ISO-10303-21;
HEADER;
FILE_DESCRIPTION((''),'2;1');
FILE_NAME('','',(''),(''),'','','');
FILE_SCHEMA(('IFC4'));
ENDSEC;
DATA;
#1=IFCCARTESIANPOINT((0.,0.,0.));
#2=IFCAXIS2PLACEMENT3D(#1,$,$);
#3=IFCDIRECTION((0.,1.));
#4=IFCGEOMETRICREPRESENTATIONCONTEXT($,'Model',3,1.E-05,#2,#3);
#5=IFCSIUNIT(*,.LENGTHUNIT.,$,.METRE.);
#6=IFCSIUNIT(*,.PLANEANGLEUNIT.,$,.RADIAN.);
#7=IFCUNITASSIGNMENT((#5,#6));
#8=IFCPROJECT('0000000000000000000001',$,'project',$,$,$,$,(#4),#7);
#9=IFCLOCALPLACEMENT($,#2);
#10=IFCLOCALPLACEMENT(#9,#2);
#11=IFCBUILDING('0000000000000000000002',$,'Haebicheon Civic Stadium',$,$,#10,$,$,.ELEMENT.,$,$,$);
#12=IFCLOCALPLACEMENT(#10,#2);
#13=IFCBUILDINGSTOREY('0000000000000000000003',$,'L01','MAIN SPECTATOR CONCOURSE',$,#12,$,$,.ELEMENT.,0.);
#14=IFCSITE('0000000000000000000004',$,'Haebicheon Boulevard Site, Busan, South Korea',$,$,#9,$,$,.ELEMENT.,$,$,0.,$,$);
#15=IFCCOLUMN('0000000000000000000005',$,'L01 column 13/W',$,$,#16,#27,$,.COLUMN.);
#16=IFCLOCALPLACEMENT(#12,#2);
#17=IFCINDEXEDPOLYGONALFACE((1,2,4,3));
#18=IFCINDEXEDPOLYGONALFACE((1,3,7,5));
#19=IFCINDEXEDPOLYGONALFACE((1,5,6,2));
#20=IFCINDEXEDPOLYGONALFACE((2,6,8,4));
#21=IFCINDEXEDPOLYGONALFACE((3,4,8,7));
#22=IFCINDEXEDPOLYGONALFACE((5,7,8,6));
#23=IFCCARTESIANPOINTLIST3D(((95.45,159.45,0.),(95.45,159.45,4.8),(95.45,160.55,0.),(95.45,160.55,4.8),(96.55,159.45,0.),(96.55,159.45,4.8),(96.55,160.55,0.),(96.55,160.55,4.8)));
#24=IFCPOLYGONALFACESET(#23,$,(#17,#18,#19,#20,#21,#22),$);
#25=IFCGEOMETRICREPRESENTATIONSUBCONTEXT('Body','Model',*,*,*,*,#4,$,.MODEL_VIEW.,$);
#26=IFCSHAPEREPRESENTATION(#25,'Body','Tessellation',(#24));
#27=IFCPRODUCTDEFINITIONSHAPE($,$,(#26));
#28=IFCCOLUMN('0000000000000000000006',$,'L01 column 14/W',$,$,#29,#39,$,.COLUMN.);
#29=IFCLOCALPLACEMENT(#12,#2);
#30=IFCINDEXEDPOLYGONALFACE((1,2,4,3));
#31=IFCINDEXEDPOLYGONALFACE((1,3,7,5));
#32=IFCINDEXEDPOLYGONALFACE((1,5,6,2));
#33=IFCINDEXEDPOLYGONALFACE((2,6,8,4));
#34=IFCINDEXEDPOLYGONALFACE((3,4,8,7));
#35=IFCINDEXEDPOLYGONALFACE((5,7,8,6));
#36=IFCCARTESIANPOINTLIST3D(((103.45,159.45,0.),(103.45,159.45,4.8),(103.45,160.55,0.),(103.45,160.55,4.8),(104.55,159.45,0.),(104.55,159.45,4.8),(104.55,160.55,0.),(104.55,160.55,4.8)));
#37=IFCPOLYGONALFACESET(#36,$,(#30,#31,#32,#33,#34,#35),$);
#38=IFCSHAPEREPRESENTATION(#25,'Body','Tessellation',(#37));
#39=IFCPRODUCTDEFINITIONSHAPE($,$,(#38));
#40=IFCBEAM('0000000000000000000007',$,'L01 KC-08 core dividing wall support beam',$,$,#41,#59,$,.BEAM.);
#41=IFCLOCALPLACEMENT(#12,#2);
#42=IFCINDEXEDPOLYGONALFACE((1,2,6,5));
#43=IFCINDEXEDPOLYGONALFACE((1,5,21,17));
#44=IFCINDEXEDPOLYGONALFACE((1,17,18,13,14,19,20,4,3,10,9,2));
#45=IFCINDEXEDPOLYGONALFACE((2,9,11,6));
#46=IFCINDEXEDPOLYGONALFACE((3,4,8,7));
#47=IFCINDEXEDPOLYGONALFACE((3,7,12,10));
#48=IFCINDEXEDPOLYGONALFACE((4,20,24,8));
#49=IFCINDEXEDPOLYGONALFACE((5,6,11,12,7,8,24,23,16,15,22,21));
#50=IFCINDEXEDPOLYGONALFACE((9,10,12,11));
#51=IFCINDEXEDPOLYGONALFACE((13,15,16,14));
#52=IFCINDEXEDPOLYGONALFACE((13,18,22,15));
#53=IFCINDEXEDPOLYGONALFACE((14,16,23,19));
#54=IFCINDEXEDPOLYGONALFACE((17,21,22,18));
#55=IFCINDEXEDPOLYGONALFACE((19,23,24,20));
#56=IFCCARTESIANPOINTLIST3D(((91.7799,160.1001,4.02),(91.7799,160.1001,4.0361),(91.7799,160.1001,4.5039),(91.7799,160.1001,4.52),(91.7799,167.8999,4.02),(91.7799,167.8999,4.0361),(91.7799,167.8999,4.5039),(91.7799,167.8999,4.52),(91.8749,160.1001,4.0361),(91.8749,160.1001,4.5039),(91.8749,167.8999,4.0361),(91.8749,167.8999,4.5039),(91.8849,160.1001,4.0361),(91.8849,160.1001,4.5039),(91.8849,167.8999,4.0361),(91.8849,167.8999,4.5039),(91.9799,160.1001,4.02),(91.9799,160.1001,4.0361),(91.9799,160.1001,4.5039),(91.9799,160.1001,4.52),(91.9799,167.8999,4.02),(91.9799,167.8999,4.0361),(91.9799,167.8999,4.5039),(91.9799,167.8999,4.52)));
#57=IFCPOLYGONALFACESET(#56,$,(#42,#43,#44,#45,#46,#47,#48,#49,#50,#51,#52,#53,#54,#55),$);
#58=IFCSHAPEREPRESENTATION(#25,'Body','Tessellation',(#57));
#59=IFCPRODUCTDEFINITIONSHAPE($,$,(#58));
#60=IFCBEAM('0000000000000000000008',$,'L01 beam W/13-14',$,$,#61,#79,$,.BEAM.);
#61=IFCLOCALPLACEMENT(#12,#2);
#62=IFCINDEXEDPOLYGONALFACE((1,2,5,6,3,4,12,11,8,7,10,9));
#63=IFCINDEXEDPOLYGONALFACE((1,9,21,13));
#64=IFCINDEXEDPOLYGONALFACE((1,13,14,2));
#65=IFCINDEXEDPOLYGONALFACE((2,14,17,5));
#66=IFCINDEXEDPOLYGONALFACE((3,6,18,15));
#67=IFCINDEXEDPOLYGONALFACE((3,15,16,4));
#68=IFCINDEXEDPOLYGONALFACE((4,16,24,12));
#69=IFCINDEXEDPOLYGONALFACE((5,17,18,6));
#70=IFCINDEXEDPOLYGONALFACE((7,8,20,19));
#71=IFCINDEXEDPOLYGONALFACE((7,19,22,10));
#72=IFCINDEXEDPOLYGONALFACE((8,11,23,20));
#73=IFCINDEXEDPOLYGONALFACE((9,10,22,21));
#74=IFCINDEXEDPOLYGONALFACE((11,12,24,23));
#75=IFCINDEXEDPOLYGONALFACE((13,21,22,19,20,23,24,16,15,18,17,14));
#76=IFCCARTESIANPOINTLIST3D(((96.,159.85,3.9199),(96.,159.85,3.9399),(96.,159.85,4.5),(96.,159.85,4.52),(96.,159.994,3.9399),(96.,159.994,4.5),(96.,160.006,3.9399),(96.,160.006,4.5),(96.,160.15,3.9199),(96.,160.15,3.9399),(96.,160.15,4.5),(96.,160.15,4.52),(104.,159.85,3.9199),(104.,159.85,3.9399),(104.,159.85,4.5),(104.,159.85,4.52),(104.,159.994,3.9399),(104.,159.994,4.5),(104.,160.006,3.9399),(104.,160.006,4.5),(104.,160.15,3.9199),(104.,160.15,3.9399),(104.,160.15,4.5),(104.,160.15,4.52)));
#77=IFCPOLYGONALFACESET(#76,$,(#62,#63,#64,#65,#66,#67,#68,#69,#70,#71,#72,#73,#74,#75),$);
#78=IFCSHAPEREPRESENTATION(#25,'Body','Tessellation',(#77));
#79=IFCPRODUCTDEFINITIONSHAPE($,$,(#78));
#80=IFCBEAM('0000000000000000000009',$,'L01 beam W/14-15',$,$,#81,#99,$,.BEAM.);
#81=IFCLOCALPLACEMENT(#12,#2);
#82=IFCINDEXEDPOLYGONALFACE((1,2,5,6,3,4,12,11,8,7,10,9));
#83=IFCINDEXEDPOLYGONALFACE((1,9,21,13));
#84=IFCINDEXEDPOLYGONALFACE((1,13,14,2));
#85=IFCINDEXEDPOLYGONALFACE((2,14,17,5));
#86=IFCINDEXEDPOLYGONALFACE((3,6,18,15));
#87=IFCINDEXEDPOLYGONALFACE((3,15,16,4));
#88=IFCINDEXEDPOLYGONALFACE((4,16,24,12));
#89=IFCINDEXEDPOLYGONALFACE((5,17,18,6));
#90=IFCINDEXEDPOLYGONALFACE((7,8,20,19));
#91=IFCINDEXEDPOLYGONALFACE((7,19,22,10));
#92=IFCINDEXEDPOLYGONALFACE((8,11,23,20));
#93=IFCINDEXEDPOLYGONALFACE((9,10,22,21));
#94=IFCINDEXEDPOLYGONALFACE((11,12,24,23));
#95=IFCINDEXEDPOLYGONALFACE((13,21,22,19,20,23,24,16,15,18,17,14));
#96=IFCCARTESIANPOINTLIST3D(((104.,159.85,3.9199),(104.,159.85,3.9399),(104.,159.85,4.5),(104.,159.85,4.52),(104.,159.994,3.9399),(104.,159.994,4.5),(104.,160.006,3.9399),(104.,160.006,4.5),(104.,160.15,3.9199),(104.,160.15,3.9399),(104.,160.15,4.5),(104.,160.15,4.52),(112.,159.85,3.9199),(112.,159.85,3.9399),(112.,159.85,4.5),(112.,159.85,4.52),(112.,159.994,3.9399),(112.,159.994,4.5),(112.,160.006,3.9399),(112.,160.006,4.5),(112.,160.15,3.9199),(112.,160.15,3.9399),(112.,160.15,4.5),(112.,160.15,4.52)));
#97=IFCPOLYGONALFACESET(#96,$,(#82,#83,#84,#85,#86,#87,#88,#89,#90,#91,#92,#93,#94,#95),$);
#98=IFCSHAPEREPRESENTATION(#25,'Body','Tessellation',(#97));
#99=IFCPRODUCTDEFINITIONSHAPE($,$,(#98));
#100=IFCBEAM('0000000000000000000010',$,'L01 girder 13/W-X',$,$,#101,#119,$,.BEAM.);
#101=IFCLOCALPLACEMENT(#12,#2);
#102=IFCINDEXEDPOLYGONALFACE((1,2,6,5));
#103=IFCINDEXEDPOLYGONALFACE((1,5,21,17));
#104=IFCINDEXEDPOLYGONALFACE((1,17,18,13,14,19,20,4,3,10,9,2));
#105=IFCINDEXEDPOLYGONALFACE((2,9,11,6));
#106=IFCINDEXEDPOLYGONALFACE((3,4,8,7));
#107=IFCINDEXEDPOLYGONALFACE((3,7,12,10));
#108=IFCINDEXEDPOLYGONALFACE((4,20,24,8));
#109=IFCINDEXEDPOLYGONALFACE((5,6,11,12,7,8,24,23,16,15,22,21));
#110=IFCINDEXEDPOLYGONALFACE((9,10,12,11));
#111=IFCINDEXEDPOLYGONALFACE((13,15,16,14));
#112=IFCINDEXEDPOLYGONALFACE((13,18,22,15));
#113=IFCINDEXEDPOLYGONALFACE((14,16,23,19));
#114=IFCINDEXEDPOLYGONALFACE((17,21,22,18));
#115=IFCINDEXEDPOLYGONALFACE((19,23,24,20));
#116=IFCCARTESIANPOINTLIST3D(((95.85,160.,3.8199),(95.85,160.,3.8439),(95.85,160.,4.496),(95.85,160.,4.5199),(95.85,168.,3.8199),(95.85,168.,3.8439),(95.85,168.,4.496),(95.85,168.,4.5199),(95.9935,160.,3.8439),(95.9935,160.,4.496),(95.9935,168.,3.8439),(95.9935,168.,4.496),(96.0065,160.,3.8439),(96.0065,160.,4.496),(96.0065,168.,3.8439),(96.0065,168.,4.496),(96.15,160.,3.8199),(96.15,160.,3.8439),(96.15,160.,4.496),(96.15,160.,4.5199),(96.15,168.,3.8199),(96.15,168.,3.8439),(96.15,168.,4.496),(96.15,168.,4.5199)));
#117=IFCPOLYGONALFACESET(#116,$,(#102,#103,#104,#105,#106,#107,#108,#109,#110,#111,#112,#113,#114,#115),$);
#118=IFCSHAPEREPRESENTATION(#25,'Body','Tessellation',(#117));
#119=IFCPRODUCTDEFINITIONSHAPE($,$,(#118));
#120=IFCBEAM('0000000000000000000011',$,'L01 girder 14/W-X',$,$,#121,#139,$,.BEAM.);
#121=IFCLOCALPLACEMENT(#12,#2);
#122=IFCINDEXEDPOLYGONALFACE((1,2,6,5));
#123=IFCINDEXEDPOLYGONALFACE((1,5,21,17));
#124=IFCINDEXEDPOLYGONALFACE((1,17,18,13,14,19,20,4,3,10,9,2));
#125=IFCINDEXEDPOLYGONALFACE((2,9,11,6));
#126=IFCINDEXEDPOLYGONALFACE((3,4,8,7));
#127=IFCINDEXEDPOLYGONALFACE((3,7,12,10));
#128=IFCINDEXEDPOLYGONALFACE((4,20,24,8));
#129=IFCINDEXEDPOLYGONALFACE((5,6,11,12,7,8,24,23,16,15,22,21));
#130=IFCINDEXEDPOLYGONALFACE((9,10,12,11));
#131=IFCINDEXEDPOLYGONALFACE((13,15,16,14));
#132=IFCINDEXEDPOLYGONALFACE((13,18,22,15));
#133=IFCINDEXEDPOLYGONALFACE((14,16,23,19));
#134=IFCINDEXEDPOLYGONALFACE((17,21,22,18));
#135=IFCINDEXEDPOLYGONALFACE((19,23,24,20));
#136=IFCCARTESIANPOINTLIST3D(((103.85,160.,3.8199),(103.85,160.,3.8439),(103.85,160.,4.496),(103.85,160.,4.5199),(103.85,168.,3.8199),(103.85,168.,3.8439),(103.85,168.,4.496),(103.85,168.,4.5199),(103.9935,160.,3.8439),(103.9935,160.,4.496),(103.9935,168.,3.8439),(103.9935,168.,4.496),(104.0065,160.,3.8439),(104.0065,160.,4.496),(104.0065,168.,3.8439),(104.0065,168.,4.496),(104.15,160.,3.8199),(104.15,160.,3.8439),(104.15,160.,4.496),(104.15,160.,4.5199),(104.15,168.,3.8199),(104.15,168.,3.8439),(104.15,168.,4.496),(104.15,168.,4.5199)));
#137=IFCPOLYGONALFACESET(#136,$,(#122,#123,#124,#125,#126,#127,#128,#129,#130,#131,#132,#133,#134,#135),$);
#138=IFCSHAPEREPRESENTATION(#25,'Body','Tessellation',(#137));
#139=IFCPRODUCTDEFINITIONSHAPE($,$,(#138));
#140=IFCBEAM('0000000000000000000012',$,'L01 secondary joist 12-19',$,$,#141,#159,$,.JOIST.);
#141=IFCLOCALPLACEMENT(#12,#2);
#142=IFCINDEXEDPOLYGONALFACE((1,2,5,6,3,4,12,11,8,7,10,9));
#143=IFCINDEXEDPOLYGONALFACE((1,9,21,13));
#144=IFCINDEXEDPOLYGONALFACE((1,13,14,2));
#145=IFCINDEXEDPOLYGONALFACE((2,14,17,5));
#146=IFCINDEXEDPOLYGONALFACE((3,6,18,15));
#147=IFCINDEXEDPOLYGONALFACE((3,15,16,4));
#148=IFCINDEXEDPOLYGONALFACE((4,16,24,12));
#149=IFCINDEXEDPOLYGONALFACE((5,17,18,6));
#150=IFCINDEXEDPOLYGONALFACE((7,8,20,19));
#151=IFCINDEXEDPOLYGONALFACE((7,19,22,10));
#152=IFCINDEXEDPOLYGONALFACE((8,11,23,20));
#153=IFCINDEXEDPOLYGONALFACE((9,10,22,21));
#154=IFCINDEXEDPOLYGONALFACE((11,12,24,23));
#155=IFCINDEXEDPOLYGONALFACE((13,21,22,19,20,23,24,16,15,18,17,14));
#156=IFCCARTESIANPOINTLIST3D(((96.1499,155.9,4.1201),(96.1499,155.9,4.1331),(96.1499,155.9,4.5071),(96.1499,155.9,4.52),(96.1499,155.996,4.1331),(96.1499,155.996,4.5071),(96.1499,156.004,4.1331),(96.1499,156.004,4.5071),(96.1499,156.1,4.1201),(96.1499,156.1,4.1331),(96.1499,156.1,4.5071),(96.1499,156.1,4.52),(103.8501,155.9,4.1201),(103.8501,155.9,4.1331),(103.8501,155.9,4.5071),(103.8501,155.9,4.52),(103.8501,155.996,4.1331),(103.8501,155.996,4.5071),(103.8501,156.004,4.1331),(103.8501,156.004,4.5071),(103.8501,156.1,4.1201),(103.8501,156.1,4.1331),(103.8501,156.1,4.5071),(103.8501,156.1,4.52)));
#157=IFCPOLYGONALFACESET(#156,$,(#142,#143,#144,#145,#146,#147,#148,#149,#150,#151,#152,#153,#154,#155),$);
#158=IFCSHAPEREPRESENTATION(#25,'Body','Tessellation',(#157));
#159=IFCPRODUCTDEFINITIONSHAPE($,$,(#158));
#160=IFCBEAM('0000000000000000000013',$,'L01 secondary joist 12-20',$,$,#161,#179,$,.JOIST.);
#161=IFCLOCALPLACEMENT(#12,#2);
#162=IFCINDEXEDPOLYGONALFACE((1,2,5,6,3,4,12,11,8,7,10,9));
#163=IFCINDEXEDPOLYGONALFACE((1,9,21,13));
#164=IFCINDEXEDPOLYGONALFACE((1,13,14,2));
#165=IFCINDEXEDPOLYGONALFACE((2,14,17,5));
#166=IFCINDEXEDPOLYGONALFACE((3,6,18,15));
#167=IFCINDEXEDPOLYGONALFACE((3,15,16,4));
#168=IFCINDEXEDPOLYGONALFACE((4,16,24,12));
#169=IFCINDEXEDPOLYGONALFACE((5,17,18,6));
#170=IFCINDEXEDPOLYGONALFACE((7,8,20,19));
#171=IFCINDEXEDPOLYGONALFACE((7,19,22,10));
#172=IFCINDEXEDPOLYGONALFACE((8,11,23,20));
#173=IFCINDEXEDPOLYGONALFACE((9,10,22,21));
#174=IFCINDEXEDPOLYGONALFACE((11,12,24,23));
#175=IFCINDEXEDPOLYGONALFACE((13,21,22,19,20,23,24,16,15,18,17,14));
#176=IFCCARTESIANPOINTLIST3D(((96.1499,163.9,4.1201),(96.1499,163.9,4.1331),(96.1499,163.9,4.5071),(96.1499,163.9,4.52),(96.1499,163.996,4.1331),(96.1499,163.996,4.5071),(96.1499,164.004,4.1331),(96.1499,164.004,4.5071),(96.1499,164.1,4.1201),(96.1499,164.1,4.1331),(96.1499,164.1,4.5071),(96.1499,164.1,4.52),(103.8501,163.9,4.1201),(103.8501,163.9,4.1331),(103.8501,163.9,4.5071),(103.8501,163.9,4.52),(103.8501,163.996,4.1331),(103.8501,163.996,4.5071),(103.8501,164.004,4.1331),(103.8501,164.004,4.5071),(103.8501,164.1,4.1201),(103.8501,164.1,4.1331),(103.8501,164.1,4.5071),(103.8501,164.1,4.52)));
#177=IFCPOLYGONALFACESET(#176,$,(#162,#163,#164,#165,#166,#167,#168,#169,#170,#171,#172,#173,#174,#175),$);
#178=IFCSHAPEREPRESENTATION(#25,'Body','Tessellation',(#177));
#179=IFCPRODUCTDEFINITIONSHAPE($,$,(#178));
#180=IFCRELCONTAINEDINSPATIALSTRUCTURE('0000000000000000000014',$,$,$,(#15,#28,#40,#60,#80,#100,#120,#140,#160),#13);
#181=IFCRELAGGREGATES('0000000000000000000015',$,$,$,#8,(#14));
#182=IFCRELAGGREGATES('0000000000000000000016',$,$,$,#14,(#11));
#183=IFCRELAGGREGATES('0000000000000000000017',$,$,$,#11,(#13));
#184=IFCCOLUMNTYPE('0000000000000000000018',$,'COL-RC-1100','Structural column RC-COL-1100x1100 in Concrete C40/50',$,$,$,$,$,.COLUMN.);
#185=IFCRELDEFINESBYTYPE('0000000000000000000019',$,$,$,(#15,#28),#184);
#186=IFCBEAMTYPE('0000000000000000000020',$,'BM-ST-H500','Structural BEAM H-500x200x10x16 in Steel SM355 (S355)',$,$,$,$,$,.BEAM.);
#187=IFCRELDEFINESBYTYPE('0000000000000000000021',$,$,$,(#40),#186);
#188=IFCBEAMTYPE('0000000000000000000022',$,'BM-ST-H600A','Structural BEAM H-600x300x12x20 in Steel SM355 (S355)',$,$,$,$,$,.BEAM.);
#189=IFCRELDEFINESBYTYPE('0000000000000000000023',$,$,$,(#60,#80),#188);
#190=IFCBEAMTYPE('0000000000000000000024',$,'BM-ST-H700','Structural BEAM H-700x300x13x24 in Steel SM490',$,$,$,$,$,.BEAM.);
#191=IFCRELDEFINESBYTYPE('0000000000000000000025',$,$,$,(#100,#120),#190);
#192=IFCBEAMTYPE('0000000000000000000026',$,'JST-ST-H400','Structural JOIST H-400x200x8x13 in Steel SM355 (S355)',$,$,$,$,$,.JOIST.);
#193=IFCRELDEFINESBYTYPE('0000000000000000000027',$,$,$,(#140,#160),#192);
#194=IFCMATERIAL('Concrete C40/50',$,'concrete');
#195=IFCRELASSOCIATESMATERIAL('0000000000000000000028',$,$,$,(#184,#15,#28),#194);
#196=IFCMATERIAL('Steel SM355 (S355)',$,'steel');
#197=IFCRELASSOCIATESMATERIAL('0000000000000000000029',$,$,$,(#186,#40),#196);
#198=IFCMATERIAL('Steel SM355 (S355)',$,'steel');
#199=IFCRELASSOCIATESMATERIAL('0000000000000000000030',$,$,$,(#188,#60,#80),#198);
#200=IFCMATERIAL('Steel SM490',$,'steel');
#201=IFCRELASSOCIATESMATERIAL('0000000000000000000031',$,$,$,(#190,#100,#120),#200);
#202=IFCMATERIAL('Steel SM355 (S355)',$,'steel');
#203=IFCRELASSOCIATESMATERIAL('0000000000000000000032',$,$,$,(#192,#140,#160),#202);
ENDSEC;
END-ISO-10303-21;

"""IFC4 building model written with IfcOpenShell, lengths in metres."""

from ifc_helpers import new_model, si_unit, direction, frame, origin, origin_2d, place, context, subcontext, project, spatial, rectangle, i_section, extrude, material, material_profile, profile_set, type_object, element, save


model = new_model("IFC4")

# Units and contexts
model_context = context("Model", 3, precision=1e-05, world=origin(), true_north=direction((0.0, 1.0)))
body_context = subcontext(model_context, "Body", "Model", "MODEL_VIEW")
ifc_project = project(units=[si_unit("LENGTHUNIT", "METRE"), si_unit("PLANEANGLEUNIT", "RADIAN")], contexts=[model_context])

# Site, building, storey
site_placement = place(None, origin())
site = spatial("IfcSite", under=ifc_project, at=site_placement, Name="Haebicheon Boulevard Site, Busan, South Korea", CompositionType="ELEMENT", RefElevation=0.0)
building_placement = place(site_placement, origin())
building = spatial("IfcBuilding", under=site, at=building_placement, Name="Haebicheon Civic Stadium", CompositionType="ELEMENT")
storey_placement = place(building_placement, origin())
storey = spatial("IfcBuildingStorey", under=building, at=storey_placement, Name="L01", Description="MAIN SPECTATOR CONCOURSE", CompositionType="ELEMENT", Elevation=0.0)

# Columns
ifc_material_1 = material(Name="Concrete C40/50", Category="concrete")
ifc_material_profile_1 = material_profile(ifc_material_1, rectangle(XDim=1.1001, YDim=1.1001, at=origin_2d()), Name="RC-COL-1100x1100")
ifc_profile_set_1 = profile_set([ifc_material_profile_1], Name="Concrete C40/50")
column_type = type_object("IfcColumnType", Name="COL-RC-1100", Description="Structural column RC-COL-1100x1100 in Concrete C40/50", PredefinedType="COLUMN", material=ifc_profile_set_1)
for number, where, z_axis, x_axis, name in (
    (1, (96.0, 160.0, 0.0), (0.0, 0.0, 1.0), (1.0, 0.0, 0.0), "L01 column 13/W"),
    (2, (104.0, 160.0, 0.0), (0.0, 0.0, 1.0), (1.0, 0.0, 0.0), "L01 column 14/W"),
):
    element("IfcColumn", number, at=place(storey_placement, frame(where, z_axis=z_axis, x_axis=x_axis)), inside=storey, type_object=column_type, material=ifc_profile_set_1, Name=name, PredefinedType="COLUMN", context=body_context, shape_type="SweptSolid", body=[
        extrude(rectangle(XDim=1.1001, YDim=1.1001, at=origin_2d()), origin(), (0.0, 0.0, 1.0), 4.8),
    ])

# Beams
ifc_material_2 = material(Name="Steel SM355 (S355)", Category="steel")
ifc_material_profile_2 = material_profile(ifc_material_2, i_section(OverallWidth=0.2, OverallDepth=0.5, WebThickness=0.01, FlangeThickness=0.0161, at=origin_2d()), Name="H-500x200x10x16")
ifc_profile_set_2 = profile_set([ifc_material_profile_2], Name="Steel SM355 (S355)")
beam_type_1 = type_object("IfcBeamType", Name="BM-ST-H500", Description="Structural BEAM H-500x200x10x16 in Steel SM355 (S355)", PredefinedType="BEAM", material=ifc_profile_set_2)
beam_placement = place(storey_placement, frame((91.8799, 160.1001, 4.27), z_axis=(0.0, 1.0, 0.0), x_axis=(-1.0, 0.0, 0.0)))
element("IfcBeam", 3, at=beam_placement, inside=storey, type_object=beam_type_1, material=ifc_profile_set_2, Name="L01 KC-08 core dividing wall support beam", PredefinedType="BEAM", context=body_context, shape_type="SweptSolid", body=[
    extrude(i_section(OverallWidth=0.2, OverallDepth=0.5, WebThickness=0.01, FlangeThickness=0.0161, at=origin_2d()), origin(), (0.0, 0.0, 1.0), 7.7998),
])
ifc_material_3 = material(Name="Steel SM355 (S355)", Category="steel")
ifc_material_profile_3 = material_profile(ifc_material_3, i_section(OverallWidth=0.3, OverallDepth=0.6001, WebThickness=0.012, FlangeThickness=0.02, at=origin_2d()), Name="H-600x300x12x20")
ifc_profile_set_3 = profile_set([ifc_material_profile_3], Name="Steel SM355 (S355)")
beam_type_2 = type_object("IfcBeamType", Name="BM-ST-H600A", Description="Structural BEAM H-600x300x12x20 in Steel SM355 (S355)", PredefinedType="BEAM", material=ifc_profile_set_3)
for number, where, z_axis, x_axis, name in (
    (4, (96.0, 160.0, 4.22), (1.0, 0.0, 0.0), (0.0, 1.0, 0.0), "L01 beam W/13-14"),
    (5, (104.0, 160.0, 4.22), (1.0, 0.0, 0.0), (0.0, 1.0, 0.0), "L01 beam W/14-15"),
):
    element("IfcBeam", number, at=place(storey_placement, frame(where, z_axis=z_axis, x_axis=x_axis)), inside=storey, type_object=beam_type_2, material=ifc_profile_set_3, Name=name, PredefinedType="BEAM", context=body_context, shape_type="SweptSolid", body=[
        extrude(i_section(OverallWidth=0.3, OverallDepth=0.6001, WebThickness=0.012, FlangeThickness=0.02, at=origin_2d()), origin(), (0.0, 0.0, 1.0), 8.0),
    ])
ifc_material_4 = material(Name="Steel SM490", Category="steel")
ifc_material_profile_4 = material_profile(ifc_material_4, i_section(OverallWidth=0.3, OverallDepth=0.7, WebThickness=0.0129, FlangeThickness=0.0239, at=origin_2d()), Name="H-700x300x13x24")
ifc_profile_set_4 = profile_set([ifc_material_profile_4], Name="Steel SM490")
beam_type_3 = type_object("IfcBeamType", Name="BM-ST-H700", Description="Structural BEAM H-700x300x13x24 in Steel SM490", PredefinedType="BEAM", material=ifc_profile_set_4)
for number, where, z_axis, x_axis, name in (
    (6, (96.0, 160.0, 4.1699), (0.0, 1.0, 0.0), (-1.0, 0.0, 0.0), "L01 girder 13/W-X"),
    (7, (104.0, 160.0, 4.1699), (0.0, 1.0, 0.0), (-1.0, 0.0, 0.0), "L01 girder 14/W-X"),
):
    element("IfcBeam", number, at=place(storey_placement, frame(where, z_axis=z_axis, x_axis=x_axis)), inside=storey, type_object=beam_type_3, material=ifc_profile_set_4, Name=name, PredefinedType="BEAM", context=body_context, shape_type="SweptSolid", body=[
        extrude(i_section(OverallWidth=0.3, OverallDepth=0.7, WebThickness=0.0129, FlangeThickness=0.0239, at=origin_2d()), origin(), (0.0, 0.0, 1.0), 8.0),
    ])
ifc_material_5 = material(Name="Steel SM355 (S355)", Category="steel")
ifc_material_profile_5 = material_profile(ifc_material_5, i_section(OverallWidth=0.2, OverallDepth=0.3999, WebThickness=0.0081, FlangeThickness=0.0129, at=origin_2d()), Name="H-400x200x8x13")
ifc_profile_set_5 = profile_set([ifc_material_profile_5], Name="Steel SM355 (S355)")
beam_type_4 = type_object("IfcBeamType", Name="JST-ST-H400", Description="Structural JOIST H-400x200x8x13 in Steel SM355 (S355)", PredefinedType="JOIST", material=ifc_profile_set_5)
for number, where, z_axis, x_axis, name in (
    (8, (96.1499, 156.0, 4.3201), (1.0, 0.0, 0.0), (0.0, 1.0, 0.0), "L01 secondary joist 12-19"),
    (9, (96.1499, 164.0, 4.3201), (1.0, 0.0, 0.0), (0.0, 1.0, 0.0), "L01 secondary joist 12-20"),
):
    element("IfcBeam", number, at=place(storey_placement, frame(where, z_axis=z_axis, x_axis=x_axis)), inside=storey, type_object=beam_type_4, material=ifc_profile_set_5, Name=name, PredefinedType="JOIST", context=body_context, shape_type="SweptSolid", body=[
        extrude(i_section(OverallWidth=0.2, OverallDepth=0.3999, WebThickness=0.0081, FlangeThickness=0.0129, at=origin_2d()), origin(), (0.0, 0.0, 1.0), 7.7002),
    ])

save(model, "model.ifc")
